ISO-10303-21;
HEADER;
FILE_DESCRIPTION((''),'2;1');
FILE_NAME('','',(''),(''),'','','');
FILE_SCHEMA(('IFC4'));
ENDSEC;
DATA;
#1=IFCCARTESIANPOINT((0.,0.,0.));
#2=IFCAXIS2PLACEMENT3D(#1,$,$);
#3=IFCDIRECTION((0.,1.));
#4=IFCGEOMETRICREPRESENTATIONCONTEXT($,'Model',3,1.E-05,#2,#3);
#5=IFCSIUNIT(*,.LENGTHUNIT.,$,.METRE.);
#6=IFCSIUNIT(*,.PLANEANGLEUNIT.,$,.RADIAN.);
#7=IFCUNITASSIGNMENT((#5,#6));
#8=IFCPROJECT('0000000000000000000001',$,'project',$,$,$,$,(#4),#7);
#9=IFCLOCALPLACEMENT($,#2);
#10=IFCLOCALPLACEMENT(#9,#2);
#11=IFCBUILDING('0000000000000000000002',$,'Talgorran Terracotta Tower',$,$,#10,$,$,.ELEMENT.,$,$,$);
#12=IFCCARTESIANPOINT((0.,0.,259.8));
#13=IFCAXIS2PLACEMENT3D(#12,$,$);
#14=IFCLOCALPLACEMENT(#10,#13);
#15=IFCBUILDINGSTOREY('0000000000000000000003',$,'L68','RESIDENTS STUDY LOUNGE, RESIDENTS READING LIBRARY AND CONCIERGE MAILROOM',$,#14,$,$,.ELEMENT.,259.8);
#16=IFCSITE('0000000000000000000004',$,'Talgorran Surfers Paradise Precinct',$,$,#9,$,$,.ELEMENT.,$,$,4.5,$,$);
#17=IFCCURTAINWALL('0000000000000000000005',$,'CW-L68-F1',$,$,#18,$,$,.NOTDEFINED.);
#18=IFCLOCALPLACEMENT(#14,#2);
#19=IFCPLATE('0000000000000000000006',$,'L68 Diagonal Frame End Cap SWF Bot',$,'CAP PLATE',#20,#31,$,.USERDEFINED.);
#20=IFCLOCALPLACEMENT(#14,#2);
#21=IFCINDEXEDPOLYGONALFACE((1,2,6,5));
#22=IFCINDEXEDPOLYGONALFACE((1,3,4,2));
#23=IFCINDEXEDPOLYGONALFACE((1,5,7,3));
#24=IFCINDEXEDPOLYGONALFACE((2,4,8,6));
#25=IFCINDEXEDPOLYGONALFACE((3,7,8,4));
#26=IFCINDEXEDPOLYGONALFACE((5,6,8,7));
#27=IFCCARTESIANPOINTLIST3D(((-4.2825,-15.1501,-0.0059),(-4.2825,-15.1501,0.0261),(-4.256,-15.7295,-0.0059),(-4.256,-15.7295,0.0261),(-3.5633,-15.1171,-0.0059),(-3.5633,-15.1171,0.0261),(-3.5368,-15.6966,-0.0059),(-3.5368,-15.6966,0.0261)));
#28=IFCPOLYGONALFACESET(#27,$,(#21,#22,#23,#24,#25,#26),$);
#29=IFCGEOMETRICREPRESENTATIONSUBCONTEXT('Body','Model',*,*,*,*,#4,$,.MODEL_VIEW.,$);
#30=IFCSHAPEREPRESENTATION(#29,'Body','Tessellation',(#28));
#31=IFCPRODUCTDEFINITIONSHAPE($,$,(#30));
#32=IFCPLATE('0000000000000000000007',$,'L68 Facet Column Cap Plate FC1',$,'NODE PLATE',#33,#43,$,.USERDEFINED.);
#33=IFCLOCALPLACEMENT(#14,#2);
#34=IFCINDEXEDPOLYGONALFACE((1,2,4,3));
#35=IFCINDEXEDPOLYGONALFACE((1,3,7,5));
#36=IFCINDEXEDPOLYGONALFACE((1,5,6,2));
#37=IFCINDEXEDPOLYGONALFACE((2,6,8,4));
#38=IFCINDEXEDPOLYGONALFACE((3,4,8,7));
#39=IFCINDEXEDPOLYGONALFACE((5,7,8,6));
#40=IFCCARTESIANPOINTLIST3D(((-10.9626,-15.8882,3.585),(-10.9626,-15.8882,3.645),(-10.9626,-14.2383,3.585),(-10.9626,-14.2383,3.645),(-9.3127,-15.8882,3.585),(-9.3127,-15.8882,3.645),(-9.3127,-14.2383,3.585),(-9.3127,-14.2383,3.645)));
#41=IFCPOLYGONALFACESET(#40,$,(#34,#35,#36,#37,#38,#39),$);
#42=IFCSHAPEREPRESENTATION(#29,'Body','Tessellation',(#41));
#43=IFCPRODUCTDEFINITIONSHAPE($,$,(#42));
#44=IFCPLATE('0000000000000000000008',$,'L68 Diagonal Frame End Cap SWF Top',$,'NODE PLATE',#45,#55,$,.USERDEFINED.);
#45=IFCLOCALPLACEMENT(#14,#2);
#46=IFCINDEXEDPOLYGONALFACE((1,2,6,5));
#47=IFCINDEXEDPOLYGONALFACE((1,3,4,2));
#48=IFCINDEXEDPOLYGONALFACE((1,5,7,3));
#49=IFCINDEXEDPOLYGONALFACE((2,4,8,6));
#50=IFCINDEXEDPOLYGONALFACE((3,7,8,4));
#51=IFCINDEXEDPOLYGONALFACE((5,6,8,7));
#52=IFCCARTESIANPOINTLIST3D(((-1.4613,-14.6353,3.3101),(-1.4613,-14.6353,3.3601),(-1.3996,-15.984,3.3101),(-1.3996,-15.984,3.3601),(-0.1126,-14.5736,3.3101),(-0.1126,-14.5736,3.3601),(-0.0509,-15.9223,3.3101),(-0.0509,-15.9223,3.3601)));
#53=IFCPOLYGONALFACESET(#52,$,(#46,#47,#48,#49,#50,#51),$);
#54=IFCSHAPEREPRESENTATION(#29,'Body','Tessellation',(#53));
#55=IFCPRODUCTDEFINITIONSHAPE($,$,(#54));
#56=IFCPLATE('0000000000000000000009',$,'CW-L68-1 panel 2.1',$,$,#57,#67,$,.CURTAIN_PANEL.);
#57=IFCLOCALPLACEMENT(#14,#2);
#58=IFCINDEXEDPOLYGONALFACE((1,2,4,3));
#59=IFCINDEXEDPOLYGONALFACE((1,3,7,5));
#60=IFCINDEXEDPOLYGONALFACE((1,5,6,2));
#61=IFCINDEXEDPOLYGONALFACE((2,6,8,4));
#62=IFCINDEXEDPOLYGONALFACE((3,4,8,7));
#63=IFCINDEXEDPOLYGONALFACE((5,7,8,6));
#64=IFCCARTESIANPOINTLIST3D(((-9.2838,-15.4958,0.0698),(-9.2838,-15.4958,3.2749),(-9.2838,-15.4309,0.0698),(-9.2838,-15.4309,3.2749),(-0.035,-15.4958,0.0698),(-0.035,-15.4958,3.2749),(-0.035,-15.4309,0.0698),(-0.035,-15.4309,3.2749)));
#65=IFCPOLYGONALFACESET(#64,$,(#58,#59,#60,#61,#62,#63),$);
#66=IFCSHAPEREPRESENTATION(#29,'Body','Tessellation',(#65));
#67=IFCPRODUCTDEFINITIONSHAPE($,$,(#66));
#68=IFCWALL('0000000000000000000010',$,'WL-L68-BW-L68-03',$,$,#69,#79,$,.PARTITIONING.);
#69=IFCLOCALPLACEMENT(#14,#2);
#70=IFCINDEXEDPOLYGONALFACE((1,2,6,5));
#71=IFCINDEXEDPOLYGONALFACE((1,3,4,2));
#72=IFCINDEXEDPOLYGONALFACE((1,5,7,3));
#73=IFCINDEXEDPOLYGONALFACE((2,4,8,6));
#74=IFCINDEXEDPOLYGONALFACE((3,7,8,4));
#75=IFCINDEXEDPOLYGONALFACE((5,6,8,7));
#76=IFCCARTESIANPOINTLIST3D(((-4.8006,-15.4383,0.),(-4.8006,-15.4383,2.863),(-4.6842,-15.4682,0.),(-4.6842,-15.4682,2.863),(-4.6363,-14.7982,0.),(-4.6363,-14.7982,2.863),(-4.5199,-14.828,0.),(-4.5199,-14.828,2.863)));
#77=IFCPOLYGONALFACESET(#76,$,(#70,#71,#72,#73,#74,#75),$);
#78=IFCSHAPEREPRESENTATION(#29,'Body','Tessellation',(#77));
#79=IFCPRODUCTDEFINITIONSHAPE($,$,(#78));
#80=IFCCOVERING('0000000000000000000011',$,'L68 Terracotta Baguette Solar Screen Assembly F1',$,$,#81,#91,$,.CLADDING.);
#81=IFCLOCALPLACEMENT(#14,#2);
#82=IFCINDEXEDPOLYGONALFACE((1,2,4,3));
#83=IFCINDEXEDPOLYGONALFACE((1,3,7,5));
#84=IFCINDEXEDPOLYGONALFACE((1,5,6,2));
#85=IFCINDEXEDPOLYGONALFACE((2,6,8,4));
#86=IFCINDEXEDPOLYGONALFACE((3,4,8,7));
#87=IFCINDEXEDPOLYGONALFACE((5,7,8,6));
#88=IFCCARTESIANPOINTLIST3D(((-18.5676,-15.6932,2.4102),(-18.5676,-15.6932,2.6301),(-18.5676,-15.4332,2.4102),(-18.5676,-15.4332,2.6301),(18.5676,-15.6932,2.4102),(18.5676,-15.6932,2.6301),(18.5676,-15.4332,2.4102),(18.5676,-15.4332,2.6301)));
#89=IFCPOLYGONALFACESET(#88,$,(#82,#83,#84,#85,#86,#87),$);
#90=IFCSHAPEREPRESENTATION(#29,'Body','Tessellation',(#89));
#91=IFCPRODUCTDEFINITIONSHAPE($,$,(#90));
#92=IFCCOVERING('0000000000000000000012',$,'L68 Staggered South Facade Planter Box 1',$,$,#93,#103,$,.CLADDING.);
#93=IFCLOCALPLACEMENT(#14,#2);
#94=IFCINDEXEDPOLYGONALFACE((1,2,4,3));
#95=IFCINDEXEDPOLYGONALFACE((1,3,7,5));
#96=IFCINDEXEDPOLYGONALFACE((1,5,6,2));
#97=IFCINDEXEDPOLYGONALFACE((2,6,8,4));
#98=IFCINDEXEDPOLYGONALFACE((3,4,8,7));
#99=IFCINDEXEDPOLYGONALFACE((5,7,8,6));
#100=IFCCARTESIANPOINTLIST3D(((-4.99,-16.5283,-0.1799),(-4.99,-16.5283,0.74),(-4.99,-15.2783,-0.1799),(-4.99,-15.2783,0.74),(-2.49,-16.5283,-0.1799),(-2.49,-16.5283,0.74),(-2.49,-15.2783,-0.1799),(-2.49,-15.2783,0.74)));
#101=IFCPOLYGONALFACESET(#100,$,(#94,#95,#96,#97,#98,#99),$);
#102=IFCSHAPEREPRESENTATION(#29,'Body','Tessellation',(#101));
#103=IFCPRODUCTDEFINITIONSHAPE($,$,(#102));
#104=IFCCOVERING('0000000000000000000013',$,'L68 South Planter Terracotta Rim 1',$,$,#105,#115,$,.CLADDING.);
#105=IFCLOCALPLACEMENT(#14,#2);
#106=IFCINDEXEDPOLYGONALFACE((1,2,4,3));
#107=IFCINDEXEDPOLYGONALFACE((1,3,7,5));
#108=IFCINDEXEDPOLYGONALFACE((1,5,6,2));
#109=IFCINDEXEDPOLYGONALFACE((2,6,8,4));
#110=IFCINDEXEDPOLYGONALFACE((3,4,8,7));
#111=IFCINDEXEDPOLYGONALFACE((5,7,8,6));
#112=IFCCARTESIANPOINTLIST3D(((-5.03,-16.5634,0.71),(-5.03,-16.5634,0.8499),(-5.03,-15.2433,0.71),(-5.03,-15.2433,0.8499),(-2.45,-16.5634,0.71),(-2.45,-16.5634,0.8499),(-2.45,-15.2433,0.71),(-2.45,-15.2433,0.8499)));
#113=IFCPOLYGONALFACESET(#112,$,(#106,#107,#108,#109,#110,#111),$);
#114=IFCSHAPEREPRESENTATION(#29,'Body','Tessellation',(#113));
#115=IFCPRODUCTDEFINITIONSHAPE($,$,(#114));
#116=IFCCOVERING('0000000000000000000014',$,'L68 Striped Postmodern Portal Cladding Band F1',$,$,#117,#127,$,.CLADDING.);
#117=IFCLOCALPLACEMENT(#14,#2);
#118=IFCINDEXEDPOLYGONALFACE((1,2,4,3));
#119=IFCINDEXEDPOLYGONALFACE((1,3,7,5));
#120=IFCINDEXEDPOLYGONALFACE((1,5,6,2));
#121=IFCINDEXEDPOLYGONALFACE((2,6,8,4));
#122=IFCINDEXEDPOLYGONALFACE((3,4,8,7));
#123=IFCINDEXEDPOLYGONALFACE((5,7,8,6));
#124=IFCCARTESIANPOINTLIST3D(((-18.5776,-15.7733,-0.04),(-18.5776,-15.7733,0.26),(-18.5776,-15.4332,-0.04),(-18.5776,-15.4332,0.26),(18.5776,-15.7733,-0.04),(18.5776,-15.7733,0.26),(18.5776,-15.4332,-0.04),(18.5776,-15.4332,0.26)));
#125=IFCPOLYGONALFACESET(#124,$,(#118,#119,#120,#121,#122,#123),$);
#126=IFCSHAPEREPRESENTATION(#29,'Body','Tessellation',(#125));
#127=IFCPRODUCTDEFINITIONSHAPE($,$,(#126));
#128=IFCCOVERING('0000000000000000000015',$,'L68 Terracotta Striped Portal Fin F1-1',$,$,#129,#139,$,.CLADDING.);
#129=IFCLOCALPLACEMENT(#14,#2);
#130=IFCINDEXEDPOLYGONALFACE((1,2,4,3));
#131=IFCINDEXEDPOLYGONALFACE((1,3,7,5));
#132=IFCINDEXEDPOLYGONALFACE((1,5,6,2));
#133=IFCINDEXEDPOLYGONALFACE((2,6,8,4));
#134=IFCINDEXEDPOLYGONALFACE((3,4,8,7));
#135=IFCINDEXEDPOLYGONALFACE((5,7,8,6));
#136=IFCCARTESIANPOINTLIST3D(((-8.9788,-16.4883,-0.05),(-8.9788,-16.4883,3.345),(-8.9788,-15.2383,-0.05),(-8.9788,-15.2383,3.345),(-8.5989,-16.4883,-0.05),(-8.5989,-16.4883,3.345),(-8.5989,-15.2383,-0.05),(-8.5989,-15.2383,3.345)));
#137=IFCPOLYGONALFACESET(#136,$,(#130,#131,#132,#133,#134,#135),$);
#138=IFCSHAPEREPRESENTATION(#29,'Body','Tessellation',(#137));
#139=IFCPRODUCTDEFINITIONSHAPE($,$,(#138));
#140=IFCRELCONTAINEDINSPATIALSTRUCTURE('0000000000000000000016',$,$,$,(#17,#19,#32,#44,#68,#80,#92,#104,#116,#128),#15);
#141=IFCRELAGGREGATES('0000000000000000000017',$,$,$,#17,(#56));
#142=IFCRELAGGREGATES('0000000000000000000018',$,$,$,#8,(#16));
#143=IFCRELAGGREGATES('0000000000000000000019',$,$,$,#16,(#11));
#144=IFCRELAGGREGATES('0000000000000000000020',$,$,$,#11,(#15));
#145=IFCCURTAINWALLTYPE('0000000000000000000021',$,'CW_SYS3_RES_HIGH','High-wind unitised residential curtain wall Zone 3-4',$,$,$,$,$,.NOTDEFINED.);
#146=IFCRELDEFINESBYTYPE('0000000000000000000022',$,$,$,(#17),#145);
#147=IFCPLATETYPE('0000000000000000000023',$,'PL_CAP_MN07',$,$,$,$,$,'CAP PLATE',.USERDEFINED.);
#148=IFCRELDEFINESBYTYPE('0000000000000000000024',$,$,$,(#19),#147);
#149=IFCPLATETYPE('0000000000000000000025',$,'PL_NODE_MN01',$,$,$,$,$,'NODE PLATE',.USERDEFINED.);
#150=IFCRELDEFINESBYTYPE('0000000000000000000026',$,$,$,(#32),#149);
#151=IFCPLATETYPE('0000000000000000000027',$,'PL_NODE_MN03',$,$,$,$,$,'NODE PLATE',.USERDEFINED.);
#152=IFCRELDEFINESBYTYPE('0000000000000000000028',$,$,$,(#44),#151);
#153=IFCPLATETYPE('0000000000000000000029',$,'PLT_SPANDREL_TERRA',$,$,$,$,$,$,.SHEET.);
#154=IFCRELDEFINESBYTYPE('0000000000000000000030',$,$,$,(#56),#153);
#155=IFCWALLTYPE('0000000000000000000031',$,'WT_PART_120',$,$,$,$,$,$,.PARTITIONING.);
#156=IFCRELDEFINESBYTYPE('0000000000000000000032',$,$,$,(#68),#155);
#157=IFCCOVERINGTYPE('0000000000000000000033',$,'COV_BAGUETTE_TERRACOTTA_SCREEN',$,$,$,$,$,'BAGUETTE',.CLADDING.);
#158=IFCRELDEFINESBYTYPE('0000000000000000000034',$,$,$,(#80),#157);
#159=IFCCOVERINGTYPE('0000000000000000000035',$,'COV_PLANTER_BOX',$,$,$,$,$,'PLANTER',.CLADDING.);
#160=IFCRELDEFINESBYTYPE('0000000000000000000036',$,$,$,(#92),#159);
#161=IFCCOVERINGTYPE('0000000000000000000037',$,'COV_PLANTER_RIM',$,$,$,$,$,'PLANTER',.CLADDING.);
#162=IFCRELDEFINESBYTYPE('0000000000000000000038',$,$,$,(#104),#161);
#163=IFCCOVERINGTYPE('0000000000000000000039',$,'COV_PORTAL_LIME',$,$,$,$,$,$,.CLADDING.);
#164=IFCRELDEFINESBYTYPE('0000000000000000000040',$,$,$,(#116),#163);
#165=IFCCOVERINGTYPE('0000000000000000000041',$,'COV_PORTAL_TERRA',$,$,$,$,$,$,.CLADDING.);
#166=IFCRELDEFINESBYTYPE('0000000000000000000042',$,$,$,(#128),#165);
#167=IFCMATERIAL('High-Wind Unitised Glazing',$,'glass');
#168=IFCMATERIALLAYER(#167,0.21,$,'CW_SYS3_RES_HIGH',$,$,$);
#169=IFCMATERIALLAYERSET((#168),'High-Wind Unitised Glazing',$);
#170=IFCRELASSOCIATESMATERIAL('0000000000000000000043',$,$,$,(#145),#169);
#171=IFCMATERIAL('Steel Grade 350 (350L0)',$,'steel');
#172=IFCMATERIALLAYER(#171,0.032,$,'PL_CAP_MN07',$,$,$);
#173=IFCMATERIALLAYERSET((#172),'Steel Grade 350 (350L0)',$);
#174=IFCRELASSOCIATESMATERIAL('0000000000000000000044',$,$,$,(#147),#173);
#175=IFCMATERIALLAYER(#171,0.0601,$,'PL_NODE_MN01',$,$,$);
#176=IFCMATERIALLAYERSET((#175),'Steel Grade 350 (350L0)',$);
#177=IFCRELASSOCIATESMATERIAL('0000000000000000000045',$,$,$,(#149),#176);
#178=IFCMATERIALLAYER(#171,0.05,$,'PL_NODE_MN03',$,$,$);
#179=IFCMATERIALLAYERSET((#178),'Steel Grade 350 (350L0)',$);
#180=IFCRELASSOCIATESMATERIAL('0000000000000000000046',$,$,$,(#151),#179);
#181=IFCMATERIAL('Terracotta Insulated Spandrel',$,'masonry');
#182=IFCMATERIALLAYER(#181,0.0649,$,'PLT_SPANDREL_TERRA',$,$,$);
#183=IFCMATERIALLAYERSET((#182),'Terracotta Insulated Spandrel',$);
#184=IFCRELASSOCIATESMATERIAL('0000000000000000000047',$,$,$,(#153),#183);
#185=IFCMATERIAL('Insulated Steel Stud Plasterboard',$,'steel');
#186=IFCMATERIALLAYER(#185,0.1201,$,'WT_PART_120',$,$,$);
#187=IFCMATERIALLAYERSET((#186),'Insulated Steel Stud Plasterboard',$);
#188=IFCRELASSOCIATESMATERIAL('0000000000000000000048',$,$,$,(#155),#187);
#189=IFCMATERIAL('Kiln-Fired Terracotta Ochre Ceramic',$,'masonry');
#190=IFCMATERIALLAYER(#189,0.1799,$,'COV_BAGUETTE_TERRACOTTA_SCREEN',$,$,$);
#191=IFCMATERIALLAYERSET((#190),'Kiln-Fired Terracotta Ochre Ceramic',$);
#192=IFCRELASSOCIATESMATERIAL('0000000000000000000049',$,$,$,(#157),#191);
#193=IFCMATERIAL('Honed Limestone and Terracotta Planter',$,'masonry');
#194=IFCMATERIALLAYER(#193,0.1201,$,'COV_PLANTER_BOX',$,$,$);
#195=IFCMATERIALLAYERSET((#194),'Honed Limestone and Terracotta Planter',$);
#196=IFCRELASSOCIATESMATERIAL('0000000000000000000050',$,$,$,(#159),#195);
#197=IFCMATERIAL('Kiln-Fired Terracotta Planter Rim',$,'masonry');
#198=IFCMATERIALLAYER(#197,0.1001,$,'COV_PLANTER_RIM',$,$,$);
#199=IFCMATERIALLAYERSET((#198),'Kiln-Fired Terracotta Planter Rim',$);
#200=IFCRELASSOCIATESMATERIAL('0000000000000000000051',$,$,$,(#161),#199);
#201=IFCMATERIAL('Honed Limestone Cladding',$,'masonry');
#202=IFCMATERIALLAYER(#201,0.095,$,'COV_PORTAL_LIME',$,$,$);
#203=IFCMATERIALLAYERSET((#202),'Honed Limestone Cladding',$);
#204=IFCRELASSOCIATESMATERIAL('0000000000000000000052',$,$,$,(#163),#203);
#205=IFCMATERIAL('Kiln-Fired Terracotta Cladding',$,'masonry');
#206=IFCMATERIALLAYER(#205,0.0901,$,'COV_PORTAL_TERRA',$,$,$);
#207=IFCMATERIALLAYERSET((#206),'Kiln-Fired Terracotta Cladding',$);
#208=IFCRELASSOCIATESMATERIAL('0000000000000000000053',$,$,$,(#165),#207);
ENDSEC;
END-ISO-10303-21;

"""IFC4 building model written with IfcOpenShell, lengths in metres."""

from ifc_helpers import new_model, si_unit, direction, frame, frame_2d, origin, origin_2d, place, context, subcontext, project, spatial, rectangle, extrude, source, transform, mapped, material, layer, layer_set, type_object, type_shapes, element, aggregate, save


model = new_model("IFC4")

# Units and contexts
model_context = context("Model", 3, precision=1e-05, world=origin(), true_north=direction((0.0, 1.0)))
body_context = subcontext(model_context, "Body", "Model", "MODEL_VIEW")
ifc_project = project(units=[si_unit("LENGTHUNIT", "METRE"), si_unit("PLANEANGLEUNIT", "RADIAN")], contexts=[model_context])

# Site, building, storey
site_placement = place(None, origin())
site = spatial("IfcSite", under=ifc_project, at=site_placement, Name="Talgorran Surfers Paradise Precinct", CompositionType="ELEMENT", RefElevation=4.5)
building_placement = place(site_placement, origin())
building = spatial("IfcBuilding", under=site, at=building_placement, Name="Talgorran Terracotta Tower", CompositionType="ELEMENT")
storey_placement = place(building_placement, frame((0.0, 0.0, 259.8)))
storey = spatial("IfcBuildingStorey", under=building, at=storey_placement, Name="L68", Description="RESIDENTS STUDY LOUNGE, RESIDENTS READING LIBRARY AND CONCIERGE MAILROOM", CompositionType="ELEMENT", Elevation=259.8)

# Shared definitions
ifc_material_1 = material(Name="Steel Grade 350 (350L0)", Category="steel")

# Curtain wall
ifc_material_2 = material(Name="High-Wind Unitised Glazing", Category="glass")
ifc_layer_1 = layer(ifc_material_2, 0.21, Name="CW_SYS3_RES_HIGH")
ifc_layer_set_1 = layer_set([ifc_layer_1], Name="High-Wind Unitised Glazing")
curtain_wall_type = type_object("IfcCurtainWallType", Name="CW_SYS3_RES_HIGH", Description="High-wind unitised residential curtain wall Zone 3-4", PredefinedType="NOTDEFINED", material=ifc_layer_set_1)
curtain_wall_placement = place(storey_placement, origin())
curtain_wall = element("IfcCurtainWall", 1, at=curtain_wall_placement, inside=storey, type_object=curtain_wall_type, Name="CW-L68-F1", PredefinedType="NOTDEFINED")

# Plates
ifc_layer_2 = layer(ifc_material_1, 0.032, Name="PL_CAP_MN07")
ifc_layer_set_2 = layer_set([ifc_layer_2], Name="Steel Grade 350 (350L0)")
plate_type_1 = type_object("IfcPlateType", Name="PL_CAP_MN07", ElementType="CAP PLATE", PredefinedType="USERDEFINED", material=ifc_layer_set_2)
plate_1_placement = place(storey_placement, frame((-3.9097, -15.4233, -0.0059), z_axis=(0.0, 0.0, 1.0), x_axis=(0.998955, 0.045712, 0.0)))
element("IfcPlate", 2, at=plate_1_placement, inside=storey, type_object=plate_type_1, Name="L68 Diagonal Frame End Cap SWF Bot", ObjectType="CAP PLATE", PredefinedType="USERDEFINED", context=body_context, shape_type="SweptSolid", body=[
    extrude(rectangle(XDim=0.72, YDim=0.5801, at=origin_2d()), origin(), (0.0, 0.0, 1.0), 0.032),
])
ifc_layer_3 = layer(ifc_material_1, 0.0601, Name="PL_NODE_MN01")
ifc_layer_set_3 = layer_set([ifc_layer_3], Name="Steel Grade 350 (350L0)")
plate_type_2 = type_object("IfcPlateType", Name="PL_NODE_MN01", ElementType="NODE PLATE", PredefinedType="USERDEFINED", material=ifc_layer_set_3)
plate_2_placement = place(storey_placement, frame((-10.1377, -15.0632, 3.585), z_axis=(0.0, 0.0, 1.0), x_axis=(1.0, 0.0, 0.0)))
element("IfcPlate", 3, at=plate_2_placement, inside=storey, type_object=plate_type_2, Name="L68 Facet Column Cap Plate FC1", ObjectType="NODE PLATE", PredefinedType="USERDEFINED", context=body_context, shape_type="SweptSolid", body=[
    extrude(rectangle(XDim=1.6499, YDim=1.6499, at=origin_2d()), origin(), (0.0, 0.0, 1.0), 0.0601),
])
ifc_layer_4 = layer(ifc_material_1, 0.05, Name="PL_NODE_MN03")
ifc_layer_set_4 = layer_set([ifc_layer_4], Name="Steel Grade 350 (350L0)")
plate_type_3 = type_object("IfcPlateType", Name="PL_NODE_MN03", ElementType="NODE PLATE", PredefinedType="USERDEFINED", material=ifc_layer_set_4)
plate_3_placement = place(storey_placement, frame((-0.7561, -15.2788, 3.3101), z_axis=(0.0, 0.0, 1.0), x_axis=(0.998955, 0.045712, 0.0)))
element("IfcPlate", 4, at=plate_3_placement, inside=storey, type_object=plate_type_3, Name="L68 Diagonal Frame End Cap SWF Top", ObjectType="NODE PLATE", PredefinedType="USERDEFINED", context=body_context, shape_type="SweptSolid", body=[
    extrude(rectangle(XDim=1.3501, YDim=1.3501, at=origin_2d()), origin(), (0.0, 0.0, 1.0), 0.05),
])

# Plate
ifc_material_3 = material(Name="Terracotta Insulated Spandrel", Category="masonry")
ifc_layer_5 = layer(ifc_material_3, 0.0649, Name="PLT_SPANDREL_TERRA")
ifc_layer_set_5 = layer_set([ifc_layer_5], Name="Terracotta Insulated Spandrel")
plate_type_4 = type_object("IfcPlateType", Name="PLT_SPANDREL_TERRA", PredefinedType="SHEET", material=ifc_layer_set_5)
shared_shape = source(origin(), body_context, "Body", "SweptSolid", [
    extrude(rectangle(XDim=9.2488, YDim=0.0649, at=origin_2d()), origin(), (0.0, 0.0, 1.0), 3.2051),
])
type_shapes(plate_type_4, [shared_shape])
plate_4_placement = place(storey_placement, frame((-4.6594, -15.4634, 0.0698), z_axis=(0.0, 0.0, 1.0), x_axis=(1.0, 0.0, 0.0)))
plate_4 = element("IfcPlate", 5, at=plate_4_placement, type_object=plate_type_4, Name="CW-L68-1 panel 2.1", PredefinedType="CURTAIN_PANEL", context=body_context, shape_type="MappedRepresentation", body=[
    mapped(shared_shape, transform((0.0, 0.0, 0.0), scale=1.0)),
])
aggregate(curtain_wall, [plate_4])

# Wall
ifc_material_4 = material(Name="Insulated Steel Stud Plasterboard", Category="steel")
ifc_layer_6 = layer(ifc_material_4, 0.1201, Name="WT_PART_120")
ifc_layer_set_6 = layer_set([ifc_layer_6], Name="Insulated Steel Stud Plasterboard")
wall_type = type_object("IfcWallType", Name="WT_PART_120", PredefinedType="PARTITIONING", material=ifc_layer_set_6)
wall_placement = place(storey_placement, frame((-4.7424, -15.4534, 0.0), z_axis=(0.0, 0.0, 1.0), x_axis=(0.248615, 0.968602, 0.0)))
element("IfcWall", 6, at=wall_placement, inside=storey, type_object=wall_type, Name="WL-L68-BW-L68-03", PredefinedType="PARTITIONING", context=body_context, shape_type="SweptSolid", body=[
    extrude(rectangle(XDim=0.6609, YDim=0.1201, at=frame_2d((0.3306, 0.0))), origin(), (0.0, 0.0, 1.0), 2.863),
])

# Coverings
ifc_material_5 = material(Name="Kiln-Fired Terracotta Ochre Ceramic", Category="masonry")
ifc_layer_7 = layer(ifc_material_5, 0.1799, Name="COV_BAGUETTE_TERRACOTTA_SCREEN")
ifc_layer_set_7 = layer_set([ifc_layer_7], Name="Kiln-Fired Terracotta Ochre Ceramic")
covering_type_1 = type_object("IfcCoveringType", Name="COV_BAGUETTE_TERRACOTTA_SCREEN", ElementType="BAGUETTE", PredefinedType="CLADDING", material=ifc_layer_set_7)
covering_1_placement = place(storey_placement, frame((0.0, -15.5632, 2.4102), z_axis=(0.0, 0.0, 1.0), x_axis=(1.0, 0.0, 0.0)))
element("IfcCovering", 7, at=covering_1_placement, inside=storey, type_object=covering_type_1, Name="L68 Terracotta Baguette Solar Screen Assembly F1", PredefinedType="CLADDING", context=body_context, shape_type="SweptSolid", body=[
    extrude(rectangle(XDim=37.1353, YDim=0.26, at=origin_2d()), origin(), (0.0, 0.0, 1.0), 0.22),
])
ifc_material_6 = material(Name="Honed Limestone and Terracotta Planter", Category="masonry")
ifc_layer_8 = layer(ifc_material_6, 0.1201, Name="COV_PLANTER_BOX")
ifc_layer_set_8 = layer_set([ifc_layer_8], Name="Honed Limestone and Terracotta Planter")
covering_type_2 = type_object("IfcCoveringType", Name="COV_PLANTER_BOX", ElementType="PLANTER", PredefinedType="CLADDING", material=ifc_layer_set_8)
covering_2_placement = place(storey_placement, frame((-3.74, -15.9033, -0.1799), z_axis=(0.0, 0.0, 1.0), x_axis=(1.0, 0.0, 0.0)))
element("IfcCovering", 8, at=covering_2_placement, inside=storey, type_object=covering_type_2, Name="L68 Staggered South Facade Planter Box 1", PredefinedType="CLADDING", context=body_context, shape_type="SweptSolid", body=[
    extrude(rectangle(XDim=2.5, YDim=1.25, at=origin_2d()), origin(), (0.0, 0.0, 1.0), 0.9199),
])
ifc_material_7 = material(Name="Kiln-Fired Terracotta Planter Rim", Category="masonry")
ifc_layer_9 = layer(ifc_material_7, 0.1001, Name="COV_PLANTER_RIM")
ifc_layer_set_9 = layer_set([ifc_layer_9], Name="Kiln-Fired Terracotta Planter Rim")
covering_type_3 = type_object("IfcCoveringType", Name="COV_PLANTER_RIM", ElementType="PLANTER", PredefinedType="CLADDING", material=ifc_layer_set_9)
covering_3_placement = place(storey_placement, frame((-3.74, -15.9033, 0.71), z_axis=(0.0, 0.0, 1.0), x_axis=(1.0, 0.0, 0.0)))
element("IfcCovering", 9, at=covering_3_placement, inside=storey, type_object=covering_type_3, Name="L68 South Planter Terracotta Rim 1", PredefinedType="CLADDING", context=body_context, shape_type="SweptSolid", body=[
    extrude(rectangle(XDim=2.5801, YDim=1.3201, at=origin_2d()), origin(), (0.0, 0.0, 1.0), 0.1399),
])
ifc_material_8 = material(Name="Honed Limestone Cladding", Category="masonry")
ifc_layer_10 = layer(ifc_material_8, 0.095, Name="COV_PORTAL_LIME")
ifc_layer_set_10 = layer_set([ifc_layer_10], Name="Honed Limestone Cladding")
covering_type_4 = type_object("IfcCoveringType", Name="COV_PORTAL_LIME", PredefinedType="CLADDING", material=ifc_layer_set_10)
covering_4_placement = place(storey_placement, frame((0.0, -15.6033, -0.04), z_axis=(0.0, 0.0, 1.0), x_axis=(1.0, 0.0, 0.0)))
element("IfcCovering", 10, at=covering_4_placement, inside=storey, type_object=covering_type_4, Name="L68 Striped Postmodern Portal Cladding Band F1", PredefinedType="CLADDING", context=body_context, shape_type="SweptSolid", body=[
    extrude(rectangle(XDim=37.1553, YDim=0.3401, at=origin_2d()), origin(), (0.0, 0.0, 1.0), 0.3),
])
ifc_material_9 = material(Name="Kiln-Fired Terracotta Cladding", Category="masonry")
ifc_layer_11 = layer(ifc_material_9, 0.0901, Name="COV_PORTAL_TERRA")
ifc_layer_set_11 = layer_set([ifc_layer_11], Name="Kiln-Fired Terracotta Cladding")
covering_type_5 = type_object("IfcCoveringType", Name="COV_PORTAL_TERRA", PredefinedType="CLADDING", material=ifc_layer_set_11)
covering_5_placement = place(storey_placement, frame((-8.7888, -15.8633, -0.05), z_axis=(0.0, 0.0, 1.0), x_axis=(1.0, 0.0, 0.0)))
element("IfcCovering", 11, at=covering_5_placement, inside=storey, type_object=covering_type_5, Name="L68 Terracotta Striped Portal Fin F1-1", PredefinedType="CLADDING", context=body_context, shape_type="SweptSolid", body=[
    extrude(rectangle(XDim=0.3799, YDim=1.25, at=origin_2d()), origin(), (0.0, 0.0, 1.0), 3.395),
])

save(model, "model.ifc")
